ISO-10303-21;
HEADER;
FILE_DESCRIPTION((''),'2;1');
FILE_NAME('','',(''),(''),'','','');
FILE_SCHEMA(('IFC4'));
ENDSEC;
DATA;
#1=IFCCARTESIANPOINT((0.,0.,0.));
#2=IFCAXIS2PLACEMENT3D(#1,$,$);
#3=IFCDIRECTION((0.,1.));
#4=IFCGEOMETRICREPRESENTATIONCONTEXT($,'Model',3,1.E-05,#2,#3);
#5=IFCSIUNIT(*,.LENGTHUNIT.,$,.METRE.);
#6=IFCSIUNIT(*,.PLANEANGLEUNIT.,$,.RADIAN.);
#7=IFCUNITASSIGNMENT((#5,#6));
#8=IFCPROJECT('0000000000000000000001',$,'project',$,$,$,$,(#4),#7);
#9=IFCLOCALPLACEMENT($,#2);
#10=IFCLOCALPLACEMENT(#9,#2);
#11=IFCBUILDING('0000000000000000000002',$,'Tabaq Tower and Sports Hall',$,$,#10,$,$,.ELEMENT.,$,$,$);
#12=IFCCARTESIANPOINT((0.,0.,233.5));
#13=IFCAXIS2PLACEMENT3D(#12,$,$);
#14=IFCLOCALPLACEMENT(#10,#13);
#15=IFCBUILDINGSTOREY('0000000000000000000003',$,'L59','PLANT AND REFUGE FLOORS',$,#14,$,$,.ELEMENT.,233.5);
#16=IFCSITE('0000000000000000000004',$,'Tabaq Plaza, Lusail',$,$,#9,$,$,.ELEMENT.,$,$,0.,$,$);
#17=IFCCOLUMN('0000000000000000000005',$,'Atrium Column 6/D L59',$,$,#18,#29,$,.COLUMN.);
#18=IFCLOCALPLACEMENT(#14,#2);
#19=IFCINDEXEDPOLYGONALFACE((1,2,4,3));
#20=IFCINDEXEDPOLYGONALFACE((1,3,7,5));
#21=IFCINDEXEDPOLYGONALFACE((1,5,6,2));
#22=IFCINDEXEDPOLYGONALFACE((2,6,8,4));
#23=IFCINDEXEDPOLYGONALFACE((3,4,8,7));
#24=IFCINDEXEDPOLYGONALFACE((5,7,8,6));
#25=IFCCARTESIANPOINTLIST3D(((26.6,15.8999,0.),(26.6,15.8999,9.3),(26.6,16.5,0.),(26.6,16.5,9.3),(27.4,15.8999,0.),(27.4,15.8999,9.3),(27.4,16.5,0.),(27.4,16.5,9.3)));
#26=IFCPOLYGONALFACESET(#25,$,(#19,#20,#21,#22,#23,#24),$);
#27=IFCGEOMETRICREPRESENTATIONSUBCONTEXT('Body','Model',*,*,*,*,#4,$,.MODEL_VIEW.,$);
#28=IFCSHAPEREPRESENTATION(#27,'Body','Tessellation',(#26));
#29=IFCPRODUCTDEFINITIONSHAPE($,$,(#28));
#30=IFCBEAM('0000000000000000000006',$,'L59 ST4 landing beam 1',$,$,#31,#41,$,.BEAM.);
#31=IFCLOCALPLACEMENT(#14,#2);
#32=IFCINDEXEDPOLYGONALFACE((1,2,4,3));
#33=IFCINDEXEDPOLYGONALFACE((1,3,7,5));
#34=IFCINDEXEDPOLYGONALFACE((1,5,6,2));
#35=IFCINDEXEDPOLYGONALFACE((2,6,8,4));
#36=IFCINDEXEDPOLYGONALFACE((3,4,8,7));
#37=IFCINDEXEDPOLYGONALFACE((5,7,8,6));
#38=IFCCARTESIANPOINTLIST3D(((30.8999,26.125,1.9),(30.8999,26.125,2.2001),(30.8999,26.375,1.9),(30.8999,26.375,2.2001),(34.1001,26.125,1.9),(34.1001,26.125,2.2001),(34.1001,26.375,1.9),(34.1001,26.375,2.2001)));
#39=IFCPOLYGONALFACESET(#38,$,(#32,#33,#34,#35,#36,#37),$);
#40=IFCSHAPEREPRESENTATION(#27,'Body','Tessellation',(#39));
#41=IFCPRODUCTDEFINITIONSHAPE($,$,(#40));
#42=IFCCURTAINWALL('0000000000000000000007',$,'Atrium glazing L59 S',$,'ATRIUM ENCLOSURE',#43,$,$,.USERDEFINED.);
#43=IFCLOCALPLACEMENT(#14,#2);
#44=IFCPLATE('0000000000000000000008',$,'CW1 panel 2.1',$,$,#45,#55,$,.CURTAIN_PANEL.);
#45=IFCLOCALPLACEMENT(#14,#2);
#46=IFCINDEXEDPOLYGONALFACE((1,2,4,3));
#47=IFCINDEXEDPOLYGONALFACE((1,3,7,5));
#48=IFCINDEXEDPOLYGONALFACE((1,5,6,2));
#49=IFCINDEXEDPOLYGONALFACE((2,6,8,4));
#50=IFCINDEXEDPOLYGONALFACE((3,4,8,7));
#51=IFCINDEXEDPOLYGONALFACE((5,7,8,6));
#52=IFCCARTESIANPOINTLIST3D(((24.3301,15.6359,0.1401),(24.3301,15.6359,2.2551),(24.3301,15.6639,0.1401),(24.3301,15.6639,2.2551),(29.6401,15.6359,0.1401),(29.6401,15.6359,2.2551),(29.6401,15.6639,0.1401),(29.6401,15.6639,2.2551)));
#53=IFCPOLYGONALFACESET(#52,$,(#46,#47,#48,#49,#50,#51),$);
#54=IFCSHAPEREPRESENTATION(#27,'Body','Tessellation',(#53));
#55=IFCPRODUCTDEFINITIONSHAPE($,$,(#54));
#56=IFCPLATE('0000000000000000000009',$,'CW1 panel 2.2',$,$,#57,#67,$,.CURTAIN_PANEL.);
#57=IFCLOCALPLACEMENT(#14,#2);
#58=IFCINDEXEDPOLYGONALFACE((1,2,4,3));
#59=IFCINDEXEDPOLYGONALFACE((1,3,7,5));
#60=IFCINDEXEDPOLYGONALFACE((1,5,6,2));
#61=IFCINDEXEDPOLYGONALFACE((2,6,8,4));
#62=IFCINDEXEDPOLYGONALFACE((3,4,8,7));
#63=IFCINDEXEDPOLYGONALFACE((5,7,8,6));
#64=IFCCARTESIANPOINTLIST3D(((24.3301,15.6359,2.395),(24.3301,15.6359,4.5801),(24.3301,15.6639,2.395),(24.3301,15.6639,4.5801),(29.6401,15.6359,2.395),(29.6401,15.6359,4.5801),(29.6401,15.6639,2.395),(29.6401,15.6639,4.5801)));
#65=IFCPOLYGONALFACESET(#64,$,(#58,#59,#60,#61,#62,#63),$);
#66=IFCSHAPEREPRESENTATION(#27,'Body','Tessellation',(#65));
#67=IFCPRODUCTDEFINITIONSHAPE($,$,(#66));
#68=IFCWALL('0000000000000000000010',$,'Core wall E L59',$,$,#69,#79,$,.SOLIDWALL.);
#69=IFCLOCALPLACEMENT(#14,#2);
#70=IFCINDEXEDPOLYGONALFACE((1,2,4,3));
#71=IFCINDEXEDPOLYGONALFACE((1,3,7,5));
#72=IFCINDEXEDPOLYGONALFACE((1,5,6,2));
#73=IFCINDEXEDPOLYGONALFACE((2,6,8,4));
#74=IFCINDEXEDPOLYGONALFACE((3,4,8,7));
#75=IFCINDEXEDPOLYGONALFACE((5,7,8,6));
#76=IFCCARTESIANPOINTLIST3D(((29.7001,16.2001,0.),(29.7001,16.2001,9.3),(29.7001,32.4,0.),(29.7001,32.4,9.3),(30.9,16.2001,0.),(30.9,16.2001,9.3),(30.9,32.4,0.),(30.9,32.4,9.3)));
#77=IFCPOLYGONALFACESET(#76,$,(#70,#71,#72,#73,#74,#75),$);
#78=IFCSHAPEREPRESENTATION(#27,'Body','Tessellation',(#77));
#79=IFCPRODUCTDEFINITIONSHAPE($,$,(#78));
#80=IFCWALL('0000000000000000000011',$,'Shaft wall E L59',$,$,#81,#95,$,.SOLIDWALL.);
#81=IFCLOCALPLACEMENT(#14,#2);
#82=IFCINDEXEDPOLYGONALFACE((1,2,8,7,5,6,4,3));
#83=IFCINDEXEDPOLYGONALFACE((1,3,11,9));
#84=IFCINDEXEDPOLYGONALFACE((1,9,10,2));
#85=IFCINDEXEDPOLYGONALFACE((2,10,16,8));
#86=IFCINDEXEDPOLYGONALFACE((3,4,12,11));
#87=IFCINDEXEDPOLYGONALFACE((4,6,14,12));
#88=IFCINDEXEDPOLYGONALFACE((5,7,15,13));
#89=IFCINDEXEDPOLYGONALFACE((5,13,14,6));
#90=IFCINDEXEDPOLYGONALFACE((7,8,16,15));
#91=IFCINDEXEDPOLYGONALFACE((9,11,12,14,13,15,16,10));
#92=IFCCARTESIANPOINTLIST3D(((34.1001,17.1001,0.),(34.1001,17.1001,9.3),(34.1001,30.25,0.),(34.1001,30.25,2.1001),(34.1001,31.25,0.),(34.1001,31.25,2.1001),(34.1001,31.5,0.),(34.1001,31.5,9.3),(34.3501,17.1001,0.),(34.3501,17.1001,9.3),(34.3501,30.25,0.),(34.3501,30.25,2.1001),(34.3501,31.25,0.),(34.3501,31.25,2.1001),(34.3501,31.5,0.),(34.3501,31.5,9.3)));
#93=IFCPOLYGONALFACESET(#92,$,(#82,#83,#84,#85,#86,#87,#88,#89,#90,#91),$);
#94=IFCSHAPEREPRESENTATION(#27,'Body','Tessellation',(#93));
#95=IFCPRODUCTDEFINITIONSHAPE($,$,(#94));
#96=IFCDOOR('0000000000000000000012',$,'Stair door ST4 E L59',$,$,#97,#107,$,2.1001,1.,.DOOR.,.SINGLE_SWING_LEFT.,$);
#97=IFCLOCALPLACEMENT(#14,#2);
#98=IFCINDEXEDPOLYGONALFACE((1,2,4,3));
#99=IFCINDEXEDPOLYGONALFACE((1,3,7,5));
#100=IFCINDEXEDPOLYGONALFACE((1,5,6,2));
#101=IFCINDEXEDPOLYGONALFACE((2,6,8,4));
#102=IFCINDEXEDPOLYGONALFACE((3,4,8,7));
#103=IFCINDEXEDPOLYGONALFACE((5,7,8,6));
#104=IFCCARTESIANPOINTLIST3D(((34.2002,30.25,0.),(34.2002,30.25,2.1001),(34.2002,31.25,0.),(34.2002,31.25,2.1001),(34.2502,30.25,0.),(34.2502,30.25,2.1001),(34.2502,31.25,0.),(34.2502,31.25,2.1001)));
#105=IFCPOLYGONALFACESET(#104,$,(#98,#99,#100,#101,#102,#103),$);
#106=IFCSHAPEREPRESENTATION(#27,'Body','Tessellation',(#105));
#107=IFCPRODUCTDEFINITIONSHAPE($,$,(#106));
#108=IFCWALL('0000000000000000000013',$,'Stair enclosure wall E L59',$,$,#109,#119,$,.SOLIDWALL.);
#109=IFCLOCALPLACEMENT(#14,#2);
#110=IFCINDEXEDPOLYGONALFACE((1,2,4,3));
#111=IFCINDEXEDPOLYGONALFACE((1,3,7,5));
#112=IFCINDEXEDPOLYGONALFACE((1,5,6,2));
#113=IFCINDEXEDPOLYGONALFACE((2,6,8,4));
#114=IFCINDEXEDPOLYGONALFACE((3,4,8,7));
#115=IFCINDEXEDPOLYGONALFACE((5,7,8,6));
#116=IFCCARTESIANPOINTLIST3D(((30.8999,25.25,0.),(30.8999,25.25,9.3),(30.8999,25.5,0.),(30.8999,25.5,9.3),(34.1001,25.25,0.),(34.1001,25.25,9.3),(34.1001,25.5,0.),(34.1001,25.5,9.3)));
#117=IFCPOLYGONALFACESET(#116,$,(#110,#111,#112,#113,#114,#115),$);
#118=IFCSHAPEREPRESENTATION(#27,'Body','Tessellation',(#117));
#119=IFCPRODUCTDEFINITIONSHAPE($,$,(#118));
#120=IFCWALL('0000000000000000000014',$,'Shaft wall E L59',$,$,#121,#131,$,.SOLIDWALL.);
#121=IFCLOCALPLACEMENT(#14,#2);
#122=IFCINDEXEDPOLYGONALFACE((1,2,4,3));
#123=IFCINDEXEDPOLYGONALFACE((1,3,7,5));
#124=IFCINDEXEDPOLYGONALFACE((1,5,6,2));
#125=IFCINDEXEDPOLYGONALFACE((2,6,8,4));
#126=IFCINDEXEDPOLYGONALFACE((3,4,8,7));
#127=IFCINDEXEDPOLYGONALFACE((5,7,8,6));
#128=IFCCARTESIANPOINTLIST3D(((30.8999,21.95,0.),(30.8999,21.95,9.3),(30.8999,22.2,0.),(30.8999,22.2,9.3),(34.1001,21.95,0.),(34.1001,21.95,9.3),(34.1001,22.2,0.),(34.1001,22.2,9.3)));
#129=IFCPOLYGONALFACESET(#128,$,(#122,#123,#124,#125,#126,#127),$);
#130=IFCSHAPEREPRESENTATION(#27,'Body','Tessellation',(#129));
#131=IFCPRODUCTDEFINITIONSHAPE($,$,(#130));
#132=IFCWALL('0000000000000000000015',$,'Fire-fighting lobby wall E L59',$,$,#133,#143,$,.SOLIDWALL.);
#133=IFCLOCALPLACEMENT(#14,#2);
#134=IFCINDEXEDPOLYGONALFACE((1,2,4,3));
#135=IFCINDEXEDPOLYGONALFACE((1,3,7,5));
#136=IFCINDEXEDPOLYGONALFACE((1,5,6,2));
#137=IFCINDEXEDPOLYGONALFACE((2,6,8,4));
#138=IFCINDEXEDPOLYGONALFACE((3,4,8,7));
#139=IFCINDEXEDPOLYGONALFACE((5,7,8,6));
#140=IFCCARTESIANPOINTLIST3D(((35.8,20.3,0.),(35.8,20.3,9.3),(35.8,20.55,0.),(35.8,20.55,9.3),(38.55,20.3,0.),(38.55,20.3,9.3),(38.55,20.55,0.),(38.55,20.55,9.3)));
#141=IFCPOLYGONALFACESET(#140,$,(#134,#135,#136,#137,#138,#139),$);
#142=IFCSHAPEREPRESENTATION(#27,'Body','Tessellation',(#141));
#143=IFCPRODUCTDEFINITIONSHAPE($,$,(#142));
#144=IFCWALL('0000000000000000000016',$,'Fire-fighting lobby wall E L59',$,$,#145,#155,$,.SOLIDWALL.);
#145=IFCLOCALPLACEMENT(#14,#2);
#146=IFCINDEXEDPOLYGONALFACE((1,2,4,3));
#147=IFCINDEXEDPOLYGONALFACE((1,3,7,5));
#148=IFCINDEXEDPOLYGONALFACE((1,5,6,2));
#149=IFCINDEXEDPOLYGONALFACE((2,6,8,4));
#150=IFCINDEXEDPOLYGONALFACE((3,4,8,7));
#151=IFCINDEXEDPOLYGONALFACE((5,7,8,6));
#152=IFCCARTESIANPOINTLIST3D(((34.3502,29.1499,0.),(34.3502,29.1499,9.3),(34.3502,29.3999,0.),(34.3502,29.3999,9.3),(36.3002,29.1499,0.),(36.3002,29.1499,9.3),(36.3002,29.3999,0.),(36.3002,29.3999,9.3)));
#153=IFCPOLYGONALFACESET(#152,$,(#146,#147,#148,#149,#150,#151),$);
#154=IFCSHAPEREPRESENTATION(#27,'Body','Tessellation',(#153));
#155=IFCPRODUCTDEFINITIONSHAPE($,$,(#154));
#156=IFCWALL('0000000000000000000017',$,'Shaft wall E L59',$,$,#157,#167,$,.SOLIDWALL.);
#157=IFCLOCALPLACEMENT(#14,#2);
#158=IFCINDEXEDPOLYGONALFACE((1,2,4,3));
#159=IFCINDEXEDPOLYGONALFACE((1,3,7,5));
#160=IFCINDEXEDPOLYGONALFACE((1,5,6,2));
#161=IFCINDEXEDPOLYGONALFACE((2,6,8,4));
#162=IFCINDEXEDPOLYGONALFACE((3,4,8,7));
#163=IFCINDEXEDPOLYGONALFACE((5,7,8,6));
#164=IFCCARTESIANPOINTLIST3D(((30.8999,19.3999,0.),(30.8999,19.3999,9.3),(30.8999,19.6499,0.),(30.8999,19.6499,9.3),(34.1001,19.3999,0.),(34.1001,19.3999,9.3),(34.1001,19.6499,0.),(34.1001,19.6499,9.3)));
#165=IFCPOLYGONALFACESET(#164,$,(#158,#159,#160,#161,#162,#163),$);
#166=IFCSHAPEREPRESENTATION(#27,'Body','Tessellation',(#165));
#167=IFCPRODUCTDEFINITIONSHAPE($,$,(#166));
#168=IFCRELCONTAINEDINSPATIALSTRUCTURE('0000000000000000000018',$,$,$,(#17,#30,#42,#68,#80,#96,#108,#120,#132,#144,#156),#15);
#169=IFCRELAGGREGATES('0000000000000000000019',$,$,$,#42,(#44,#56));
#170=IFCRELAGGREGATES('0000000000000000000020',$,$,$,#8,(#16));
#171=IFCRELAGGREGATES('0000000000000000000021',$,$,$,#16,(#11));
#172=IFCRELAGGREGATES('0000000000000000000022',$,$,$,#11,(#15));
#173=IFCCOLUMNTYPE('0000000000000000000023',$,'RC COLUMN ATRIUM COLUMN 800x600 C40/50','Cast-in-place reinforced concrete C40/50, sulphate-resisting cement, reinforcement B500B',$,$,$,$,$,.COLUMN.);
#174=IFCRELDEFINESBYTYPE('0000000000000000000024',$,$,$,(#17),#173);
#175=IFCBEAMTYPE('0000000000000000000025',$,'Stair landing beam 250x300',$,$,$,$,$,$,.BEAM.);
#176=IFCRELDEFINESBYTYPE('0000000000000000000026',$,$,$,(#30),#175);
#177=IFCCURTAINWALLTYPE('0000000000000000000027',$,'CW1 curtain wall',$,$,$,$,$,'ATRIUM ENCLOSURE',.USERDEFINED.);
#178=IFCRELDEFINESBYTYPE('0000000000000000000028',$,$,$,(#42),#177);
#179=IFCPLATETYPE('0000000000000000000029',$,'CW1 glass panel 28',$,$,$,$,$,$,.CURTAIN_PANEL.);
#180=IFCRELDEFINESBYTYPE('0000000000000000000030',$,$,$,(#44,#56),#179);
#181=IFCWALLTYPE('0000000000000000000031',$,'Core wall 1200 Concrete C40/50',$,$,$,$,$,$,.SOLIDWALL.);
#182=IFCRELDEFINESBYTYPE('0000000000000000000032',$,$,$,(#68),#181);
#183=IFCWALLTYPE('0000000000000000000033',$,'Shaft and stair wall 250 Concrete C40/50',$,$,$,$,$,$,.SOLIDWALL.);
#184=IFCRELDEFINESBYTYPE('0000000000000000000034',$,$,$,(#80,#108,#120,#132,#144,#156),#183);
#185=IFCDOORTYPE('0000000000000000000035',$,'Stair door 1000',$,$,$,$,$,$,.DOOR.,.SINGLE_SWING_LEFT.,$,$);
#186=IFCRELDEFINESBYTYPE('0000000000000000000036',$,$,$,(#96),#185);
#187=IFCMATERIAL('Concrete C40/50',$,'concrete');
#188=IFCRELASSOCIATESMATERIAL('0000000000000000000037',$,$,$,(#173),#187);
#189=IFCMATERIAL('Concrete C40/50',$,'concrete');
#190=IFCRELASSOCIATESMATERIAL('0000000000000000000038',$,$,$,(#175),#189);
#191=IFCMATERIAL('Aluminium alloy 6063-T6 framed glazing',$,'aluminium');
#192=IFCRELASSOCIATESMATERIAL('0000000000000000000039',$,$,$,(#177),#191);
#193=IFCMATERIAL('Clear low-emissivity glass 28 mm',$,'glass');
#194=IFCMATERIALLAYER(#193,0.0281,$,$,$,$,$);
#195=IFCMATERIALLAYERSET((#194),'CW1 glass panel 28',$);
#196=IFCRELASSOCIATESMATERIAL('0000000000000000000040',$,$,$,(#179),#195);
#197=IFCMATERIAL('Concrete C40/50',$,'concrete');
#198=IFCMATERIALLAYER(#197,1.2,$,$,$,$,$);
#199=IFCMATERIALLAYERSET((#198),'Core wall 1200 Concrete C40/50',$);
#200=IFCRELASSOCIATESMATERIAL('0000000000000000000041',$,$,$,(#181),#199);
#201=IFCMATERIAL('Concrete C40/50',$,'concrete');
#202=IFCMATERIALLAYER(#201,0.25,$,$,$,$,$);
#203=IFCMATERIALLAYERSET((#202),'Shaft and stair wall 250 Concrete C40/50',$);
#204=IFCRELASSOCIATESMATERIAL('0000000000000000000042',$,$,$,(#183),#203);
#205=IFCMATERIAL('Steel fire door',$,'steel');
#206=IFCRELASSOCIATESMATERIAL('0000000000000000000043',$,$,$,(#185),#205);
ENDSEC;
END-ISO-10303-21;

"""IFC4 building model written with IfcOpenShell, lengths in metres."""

from ifc_helpers import new_model, si_unit, direction, frame, frame_2d, origin, origin_2d, place, context, subcontext, project, spatial, rectangle, extrude, material, layer, layer_set, material_profile, profile_set, type_object, element, fill, aggregate, save


model = new_model("IFC4")

# Units and contexts
model_context = context("Model", 3, precision=1e-05, world=origin(), true_north=direction((0.0, 1.0)))
body_context = subcontext(model_context, "Body", "Model", "MODEL_VIEW")
ifc_project = project(units=[si_unit("LENGTHUNIT", "METRE"), si_unit("PLANEANGLEUNIT", "RADIAN")], contexts=[model_context])

# Site, building, storey
site_placement = place(None, origin())
site = spatial("IfcSite", under=ifc_project, at=site_placement, Name="Tabaq Plaza, Lusail", CompositionType="ELEMENT", RefElevation=0.0)
building_placement = place(site_placement, origin())
building = spatial("IfcBuilding", under=site, at=building_placement, Name="Tabaq Tower and Sports Hall", CompositionType="ELEMENT")
storey_placement = place(building_placement, frame((0.0, 0.0, 233.5)))
storey = spatial("IfcBuildingStorey", under=building, at=storey_placement, Name="L59", Description="PLANT AND REFUGE FLOORS", CompositionType="ELEMENT", Elevation=233.5)

# Column
ifc_material_1 = material(Name="Concrete C40/50", Category="concrete")
ifc_material_profile_1 = material_profile(ifc_material_1, rectangle(XDim=0.8, YDim=0.6001, at=origin_2d()), Name="ATRIUM COLUMN 800x600")
ifc_profile_set_1 = profile_set([ifc_material_profile_1], Name="Concrete C40/50")
column_type = type_object("IfcColumnType", Name="RC COLUMN ATRIUM COLUMN 800x600 C40/50", Description="Cast-in-place reinforced concrete C40/50, sulphate-resisting cement, reinforcement B500B", PredefinedType="COLUMN", material=ifc_profile_set_1)
column_placement = place(storey_placement, frame((27.0, 16.2, 0.0), z_axis=(0.0, 0.0, 1.0), x_axis=(1.0, 0.0, 0.0)))
element("IfcColumn", 1, at=column_placement, inside=storey, type_object=column_type, Name="Atrium Column 6/D L59", PredefinedType="COLUMN", context=body_context, shape_type="SweptSolid", body=[
    extrude(rectangle(XDim=0.8, YDim=0.6001, at=origin_2d()), origin(), (0.0, 0.0, 1.0), 9.3),
])

# Beam
ifc_material_2 = material(Name="Concrete C40/50", Category="concrete")
ifc_material_profile_2 = material_profile(ifc_material_2, rectangle(XDim=0.25, YDim=0.3, at=origin_2d()), Name="RC 250x300")
ifc_profile_set_2 = profile_set([ifc_material_profile_2], Name="Concrete C40/50")
beam_type = type_object("IfcBeamType", Name="Stair landing beam 250x300", PredefinedType="BEAM", material=ifc_profile_set_2)
beam_placement = place(storey_placement, frame((30.8999, 26.25, 2.05), z_axis=(1.0, 0.0, 0.0), x_axis=(0.0, 1.0, 0.0)))
element("IfcBeam", 2, at=beam_placement, inside=storey, type_object=beam_type, Name="L59 ST4 landing beam 1", PredefinedType="BEAM", context=body_context, shape_type="SweptSolid", body=[
    extrude(rectangle(XDim=0.25, YDim=0.3, at=origin_2d()), origin(), (0.0, 0.0, 1.0), 3.2002),
])

# Curtain wall, plates
ifc_material_3 = material(Name="Aluminium alloy 6063-T6 framed glazing", Category="aluminium")
curtain_wall_type = type_object("IfcCurtainWallType", Name="CW1 curtain wall", ElementType="ATRIUM ENCLOSURE", PredefinedType="USERDEFINED", material=ifc_material_3)
curtain_wall_placement = place(storey_placement, origin())
curtain_wall = element("IfcCurtainWall", 3, at=curtain_wall_placement, inside=storey, type_object=curtain_wall_type, Name="Atrium glazing L59 S", ObjectType="ATRIUM ENCLOSURE", PredefinedType="USERDEFINED")
ifc_material_4 = material(Name="Clear low-emissivity glass 28 mm", Category="glass")
ifc_layer_1 = layer(ifc_material_4, 0.0281)
ifc_layer_set_1 = layer_set([ifc_layer_1], Name="CW1 glass panel 28")
plate_type = type_object("IfcPlateType", Name="CW1 glass panel 28", PredefinedType="CURTAIN_PANEL", material=ifc_layer_set_1)
plate_1_placement = place(storey_placement, frame((26.9851, 15.6499, 0.1401), z_axis=(0.0, 0.0, 1.0), x_axis=(1.0, 0.0, 0.0)))
plate_1 = element("IfcPlate", 4, at=plate_1_placement, type_object=plate_type, Name="CW1 panel 2.1", PredefinedType="CURTAIN_PANEL", context=body_context, shape_type="SweptSolid", body=[
    extrude(rectangle(XDim=5.3101, YDim=0.0281, at=origin_2d()), origin(), (0.0, 0.0, 1.0), 2.115),
])
plate_2_placement = place(storey_placement, frame((26.9851, 15.6499, 2.395), z_axis=(0.0, 0.0, 1.0), x_axis=(1.0, 0.0, 0.0)))
plate_2 = element("IfcPlate", 5, at=plate_2_placement, type_object=plate_type, Name="CW1 panel 2.2", PredefinedType="CURTAIN_PANEL", context=body_context, shape_type="SweptSolid", body=[
    extrude(rectangle(XDim=5.3101, YDim=0.0281, at=origin_2d()), origin(), (0.0, 0.0, 1.0), 2.1851),
])
aggregate(curtain_wall, [plate_1, plate_2])

# Wall
ifc_material_5 = material(Name="Concrete C40/50", Category="concrete")
ifc_layer_2 = layer(ifc_material_5, 1.2)
ifc_layer_set_2 = layer_set([ifc_layer_2], Name="Core wall 1200 Concrete C40/50")
wall_type_1 = type_object("IfcWallType", Name="Core wall 1200 Concrete C40/50", PredefinedType="SOLIDWALL", material=ifc_layer_set_2)
wall_1_placement = place(storey_placement, frame((30.3, 16.2, 0.0), z_axis=(0.0, 0.0, 1.0), x_axis=(0.0, 1.0, 0.0)))
element("IfcWall", 6, at=wall_1_placement, inside=storey, type_object=wall_type_1, Name="Core wall E L59", PredefinedType="SOLIDWALL", context=body_context, shape_type="SweptSolid", body=[
    extrude(rectangle(XDim=16.2, YDim=1.2, at=frame_2d((8.1001, 0.0))), origin(), (0.0, 0.0, 1.0), 9.3),
])

# Wall, opening, door
ifc_material_6 = material(Name="Concrete C40/50", Category="concrete")
ifc_layer_3 = layer(ifc_material_6, 0.25)
ifc_layer_set_3 = layer_set([ifc_layer_3], Name="Shaft and stair wall 250 Concrete C40/50")
wall_type_2 = type_object("IfcWallType", Name="Shaft and stair wall 250 Concrete C40/50", PredefinedType="SOLIDWALL", material=ifc_layer_set_3)
wall_2_placement = place(storey_placement, frame((34.2251, 17.1001, 0.0), z_axis=(0.0, 0.0, 1.0), x_axis=(0.0, 1.0, 0.0)))
wall_2 = element("IfcWall", 7, at=wall_2_placement, inside=storey, type_object=wall_type_2, Name="Shaft wall E L59", PredefinedType="SOLIDWALL", context=body_context, shape_type="SweptSolid", body=[
    extrude(rectangle(XDim=14.3999, YDim=0.25, at=frame_2d((7.2, 0.0))), origin(), (0.0, 0.0, 1.0), 9.3),
])
opening_placement = place(wall_2_placement, frame((13.1499, 0.0, 0.0)))
opening = element("IfcOpeningElement", 8, at=opening_placement, cuts=wall_2, PredefinedType="OPENING", context=body_context, shape_type="SweptSolid", body=[
    extrude(rectangle(XDim=1.0, YDim=2.1001, at=frame_2d((0.5, 1.05))), frame((0.0, 0.125, 0.0), z_axis=(0.0, -1.0, 0.0), x_axis=(1.0, 0.0, 0.0)), (0.0, 0.0, 1.0), 0.25),
])
ifc_material_7 = material(Name="Steel fire door", Category="steel")
door_type = type_object("IfcDoorType", Name="Stair door 1000", OperationType="SINGLE_SWING_LEFT", PredefinedType="DOOR", material=ifc_material_7)
door_placement = place(opening_placement, origin())
door = element("IfcDoor", 9, at=door_placement, inside=storey, type_object=door_type, Name="Stair door ST4 E L59", OperationType="SINGLE_SWING_LEFT", OverallHeight=2.1001, OverallWidth=1.0, PredefinedType="DOOR", context=body_context, shape_type="SweptSolid", body=[
    extrude(rectangle(XDim=1.0, YDim=2.1001, at=frame_2d((0.5, 1.05))), frame((0.0, 0.0249, 0.0), z_axis=(0.0, -1.0, 0.0), x_axis=(1.0, 0.0, 0.0)), (0.0, 0.0, 1.0), 0.05),
])
fill(opening, door)

# Walls
for number, where, z_axis, x_axis, name in (
    (10, (30.8999, 25.375, 0.0), (0.0, 0.0, 1.0), (1.0, 0.0, 0.0), "Stair enclosure wall E L59"),
    (11, (30.8999, 22.075, 0.0), (0.0, 0.0, 1.0), (1.0, 0.0, 0.0), "Shaft wall E L59"),
):
    element("IfcWall", number, at=place(storey_placement, frame(where, z_axis=z_axis, x_axis=x_axis)), inside=storey, type_object=wall_type_2, Name=name, PredefinedType="SOLIDWALL", context=body_context, shape_type="SweptSolid", body=[
        extrude(rectangle(XDim=3.2002, YDim=0.25, at=frame_2d((1.6001, 0.0))), origin(), (0.0, 0.0, 1.0), 9.3),
    ])
wall_3_placement = place(storey_placement, frame((35.8, 20.425, 0.0), z_axis=(0.0, 0.0, 1.0), x_axis=(1.0, 0.0, 0.0)))
element("IfcWall", 12, at=wall_3_placement, inside=storey, type_object=wall_type_2, Name="Fire-fighting lobby wall E L59", PredefinedType="SOLIDWALL", context=body_context, shape_type="SweptSolid", body=[
    extrude(rectangle(XDim=2.75, YDim=0.25, at=frame_2d((1.375, 0.0))), origin(), (0.0, 0.0, 1.0), 9.3),
])
wall_4_placement = place(storey_placement, frame((34.3501, 29.2749, 0.0), z_axis=(0.0, 0.0, 1.0), x_axis=(1.0, 0.0, 0.0)))
element("IfcWall", 13, at=wall_4_placement, inside=storey, type_object=wall_type_2, Name="Fire-fighting lobby wall E L59", PredefinedType="SOLIDWALL", context=body_context, shape_type="SweptSolid", body=[
    extrude(rectangle(XDim=1.95, YDim=0.25, at=frame_2d((0.9751, 0.0))), origin(), (0.0, 0.0, 1.0), 9.3),
])
wall_5_placement = place(storey_placement, frame((30.8999, 19.5249, 0.0), z_axis=(0.0, 0.0, 1.0), x_axis=(1.0, 0.0, 0.0)))
element("IfcWall", 14, at=wall_5_placement, inside=storey, type_object=wall_type_2, Name="Shaft wall E L59", PredefinedType="SOLIDWALL", context=body_context, shape_type="SweptSolid", body=[
    extrude(rectangle(XDim=3.2002, YDim=0.25, at=frame_2d((1.6001, 0.0))), origin(), (0.0, 0.0, 1.0), 9.3),
])

save(model, "model.ifc")
